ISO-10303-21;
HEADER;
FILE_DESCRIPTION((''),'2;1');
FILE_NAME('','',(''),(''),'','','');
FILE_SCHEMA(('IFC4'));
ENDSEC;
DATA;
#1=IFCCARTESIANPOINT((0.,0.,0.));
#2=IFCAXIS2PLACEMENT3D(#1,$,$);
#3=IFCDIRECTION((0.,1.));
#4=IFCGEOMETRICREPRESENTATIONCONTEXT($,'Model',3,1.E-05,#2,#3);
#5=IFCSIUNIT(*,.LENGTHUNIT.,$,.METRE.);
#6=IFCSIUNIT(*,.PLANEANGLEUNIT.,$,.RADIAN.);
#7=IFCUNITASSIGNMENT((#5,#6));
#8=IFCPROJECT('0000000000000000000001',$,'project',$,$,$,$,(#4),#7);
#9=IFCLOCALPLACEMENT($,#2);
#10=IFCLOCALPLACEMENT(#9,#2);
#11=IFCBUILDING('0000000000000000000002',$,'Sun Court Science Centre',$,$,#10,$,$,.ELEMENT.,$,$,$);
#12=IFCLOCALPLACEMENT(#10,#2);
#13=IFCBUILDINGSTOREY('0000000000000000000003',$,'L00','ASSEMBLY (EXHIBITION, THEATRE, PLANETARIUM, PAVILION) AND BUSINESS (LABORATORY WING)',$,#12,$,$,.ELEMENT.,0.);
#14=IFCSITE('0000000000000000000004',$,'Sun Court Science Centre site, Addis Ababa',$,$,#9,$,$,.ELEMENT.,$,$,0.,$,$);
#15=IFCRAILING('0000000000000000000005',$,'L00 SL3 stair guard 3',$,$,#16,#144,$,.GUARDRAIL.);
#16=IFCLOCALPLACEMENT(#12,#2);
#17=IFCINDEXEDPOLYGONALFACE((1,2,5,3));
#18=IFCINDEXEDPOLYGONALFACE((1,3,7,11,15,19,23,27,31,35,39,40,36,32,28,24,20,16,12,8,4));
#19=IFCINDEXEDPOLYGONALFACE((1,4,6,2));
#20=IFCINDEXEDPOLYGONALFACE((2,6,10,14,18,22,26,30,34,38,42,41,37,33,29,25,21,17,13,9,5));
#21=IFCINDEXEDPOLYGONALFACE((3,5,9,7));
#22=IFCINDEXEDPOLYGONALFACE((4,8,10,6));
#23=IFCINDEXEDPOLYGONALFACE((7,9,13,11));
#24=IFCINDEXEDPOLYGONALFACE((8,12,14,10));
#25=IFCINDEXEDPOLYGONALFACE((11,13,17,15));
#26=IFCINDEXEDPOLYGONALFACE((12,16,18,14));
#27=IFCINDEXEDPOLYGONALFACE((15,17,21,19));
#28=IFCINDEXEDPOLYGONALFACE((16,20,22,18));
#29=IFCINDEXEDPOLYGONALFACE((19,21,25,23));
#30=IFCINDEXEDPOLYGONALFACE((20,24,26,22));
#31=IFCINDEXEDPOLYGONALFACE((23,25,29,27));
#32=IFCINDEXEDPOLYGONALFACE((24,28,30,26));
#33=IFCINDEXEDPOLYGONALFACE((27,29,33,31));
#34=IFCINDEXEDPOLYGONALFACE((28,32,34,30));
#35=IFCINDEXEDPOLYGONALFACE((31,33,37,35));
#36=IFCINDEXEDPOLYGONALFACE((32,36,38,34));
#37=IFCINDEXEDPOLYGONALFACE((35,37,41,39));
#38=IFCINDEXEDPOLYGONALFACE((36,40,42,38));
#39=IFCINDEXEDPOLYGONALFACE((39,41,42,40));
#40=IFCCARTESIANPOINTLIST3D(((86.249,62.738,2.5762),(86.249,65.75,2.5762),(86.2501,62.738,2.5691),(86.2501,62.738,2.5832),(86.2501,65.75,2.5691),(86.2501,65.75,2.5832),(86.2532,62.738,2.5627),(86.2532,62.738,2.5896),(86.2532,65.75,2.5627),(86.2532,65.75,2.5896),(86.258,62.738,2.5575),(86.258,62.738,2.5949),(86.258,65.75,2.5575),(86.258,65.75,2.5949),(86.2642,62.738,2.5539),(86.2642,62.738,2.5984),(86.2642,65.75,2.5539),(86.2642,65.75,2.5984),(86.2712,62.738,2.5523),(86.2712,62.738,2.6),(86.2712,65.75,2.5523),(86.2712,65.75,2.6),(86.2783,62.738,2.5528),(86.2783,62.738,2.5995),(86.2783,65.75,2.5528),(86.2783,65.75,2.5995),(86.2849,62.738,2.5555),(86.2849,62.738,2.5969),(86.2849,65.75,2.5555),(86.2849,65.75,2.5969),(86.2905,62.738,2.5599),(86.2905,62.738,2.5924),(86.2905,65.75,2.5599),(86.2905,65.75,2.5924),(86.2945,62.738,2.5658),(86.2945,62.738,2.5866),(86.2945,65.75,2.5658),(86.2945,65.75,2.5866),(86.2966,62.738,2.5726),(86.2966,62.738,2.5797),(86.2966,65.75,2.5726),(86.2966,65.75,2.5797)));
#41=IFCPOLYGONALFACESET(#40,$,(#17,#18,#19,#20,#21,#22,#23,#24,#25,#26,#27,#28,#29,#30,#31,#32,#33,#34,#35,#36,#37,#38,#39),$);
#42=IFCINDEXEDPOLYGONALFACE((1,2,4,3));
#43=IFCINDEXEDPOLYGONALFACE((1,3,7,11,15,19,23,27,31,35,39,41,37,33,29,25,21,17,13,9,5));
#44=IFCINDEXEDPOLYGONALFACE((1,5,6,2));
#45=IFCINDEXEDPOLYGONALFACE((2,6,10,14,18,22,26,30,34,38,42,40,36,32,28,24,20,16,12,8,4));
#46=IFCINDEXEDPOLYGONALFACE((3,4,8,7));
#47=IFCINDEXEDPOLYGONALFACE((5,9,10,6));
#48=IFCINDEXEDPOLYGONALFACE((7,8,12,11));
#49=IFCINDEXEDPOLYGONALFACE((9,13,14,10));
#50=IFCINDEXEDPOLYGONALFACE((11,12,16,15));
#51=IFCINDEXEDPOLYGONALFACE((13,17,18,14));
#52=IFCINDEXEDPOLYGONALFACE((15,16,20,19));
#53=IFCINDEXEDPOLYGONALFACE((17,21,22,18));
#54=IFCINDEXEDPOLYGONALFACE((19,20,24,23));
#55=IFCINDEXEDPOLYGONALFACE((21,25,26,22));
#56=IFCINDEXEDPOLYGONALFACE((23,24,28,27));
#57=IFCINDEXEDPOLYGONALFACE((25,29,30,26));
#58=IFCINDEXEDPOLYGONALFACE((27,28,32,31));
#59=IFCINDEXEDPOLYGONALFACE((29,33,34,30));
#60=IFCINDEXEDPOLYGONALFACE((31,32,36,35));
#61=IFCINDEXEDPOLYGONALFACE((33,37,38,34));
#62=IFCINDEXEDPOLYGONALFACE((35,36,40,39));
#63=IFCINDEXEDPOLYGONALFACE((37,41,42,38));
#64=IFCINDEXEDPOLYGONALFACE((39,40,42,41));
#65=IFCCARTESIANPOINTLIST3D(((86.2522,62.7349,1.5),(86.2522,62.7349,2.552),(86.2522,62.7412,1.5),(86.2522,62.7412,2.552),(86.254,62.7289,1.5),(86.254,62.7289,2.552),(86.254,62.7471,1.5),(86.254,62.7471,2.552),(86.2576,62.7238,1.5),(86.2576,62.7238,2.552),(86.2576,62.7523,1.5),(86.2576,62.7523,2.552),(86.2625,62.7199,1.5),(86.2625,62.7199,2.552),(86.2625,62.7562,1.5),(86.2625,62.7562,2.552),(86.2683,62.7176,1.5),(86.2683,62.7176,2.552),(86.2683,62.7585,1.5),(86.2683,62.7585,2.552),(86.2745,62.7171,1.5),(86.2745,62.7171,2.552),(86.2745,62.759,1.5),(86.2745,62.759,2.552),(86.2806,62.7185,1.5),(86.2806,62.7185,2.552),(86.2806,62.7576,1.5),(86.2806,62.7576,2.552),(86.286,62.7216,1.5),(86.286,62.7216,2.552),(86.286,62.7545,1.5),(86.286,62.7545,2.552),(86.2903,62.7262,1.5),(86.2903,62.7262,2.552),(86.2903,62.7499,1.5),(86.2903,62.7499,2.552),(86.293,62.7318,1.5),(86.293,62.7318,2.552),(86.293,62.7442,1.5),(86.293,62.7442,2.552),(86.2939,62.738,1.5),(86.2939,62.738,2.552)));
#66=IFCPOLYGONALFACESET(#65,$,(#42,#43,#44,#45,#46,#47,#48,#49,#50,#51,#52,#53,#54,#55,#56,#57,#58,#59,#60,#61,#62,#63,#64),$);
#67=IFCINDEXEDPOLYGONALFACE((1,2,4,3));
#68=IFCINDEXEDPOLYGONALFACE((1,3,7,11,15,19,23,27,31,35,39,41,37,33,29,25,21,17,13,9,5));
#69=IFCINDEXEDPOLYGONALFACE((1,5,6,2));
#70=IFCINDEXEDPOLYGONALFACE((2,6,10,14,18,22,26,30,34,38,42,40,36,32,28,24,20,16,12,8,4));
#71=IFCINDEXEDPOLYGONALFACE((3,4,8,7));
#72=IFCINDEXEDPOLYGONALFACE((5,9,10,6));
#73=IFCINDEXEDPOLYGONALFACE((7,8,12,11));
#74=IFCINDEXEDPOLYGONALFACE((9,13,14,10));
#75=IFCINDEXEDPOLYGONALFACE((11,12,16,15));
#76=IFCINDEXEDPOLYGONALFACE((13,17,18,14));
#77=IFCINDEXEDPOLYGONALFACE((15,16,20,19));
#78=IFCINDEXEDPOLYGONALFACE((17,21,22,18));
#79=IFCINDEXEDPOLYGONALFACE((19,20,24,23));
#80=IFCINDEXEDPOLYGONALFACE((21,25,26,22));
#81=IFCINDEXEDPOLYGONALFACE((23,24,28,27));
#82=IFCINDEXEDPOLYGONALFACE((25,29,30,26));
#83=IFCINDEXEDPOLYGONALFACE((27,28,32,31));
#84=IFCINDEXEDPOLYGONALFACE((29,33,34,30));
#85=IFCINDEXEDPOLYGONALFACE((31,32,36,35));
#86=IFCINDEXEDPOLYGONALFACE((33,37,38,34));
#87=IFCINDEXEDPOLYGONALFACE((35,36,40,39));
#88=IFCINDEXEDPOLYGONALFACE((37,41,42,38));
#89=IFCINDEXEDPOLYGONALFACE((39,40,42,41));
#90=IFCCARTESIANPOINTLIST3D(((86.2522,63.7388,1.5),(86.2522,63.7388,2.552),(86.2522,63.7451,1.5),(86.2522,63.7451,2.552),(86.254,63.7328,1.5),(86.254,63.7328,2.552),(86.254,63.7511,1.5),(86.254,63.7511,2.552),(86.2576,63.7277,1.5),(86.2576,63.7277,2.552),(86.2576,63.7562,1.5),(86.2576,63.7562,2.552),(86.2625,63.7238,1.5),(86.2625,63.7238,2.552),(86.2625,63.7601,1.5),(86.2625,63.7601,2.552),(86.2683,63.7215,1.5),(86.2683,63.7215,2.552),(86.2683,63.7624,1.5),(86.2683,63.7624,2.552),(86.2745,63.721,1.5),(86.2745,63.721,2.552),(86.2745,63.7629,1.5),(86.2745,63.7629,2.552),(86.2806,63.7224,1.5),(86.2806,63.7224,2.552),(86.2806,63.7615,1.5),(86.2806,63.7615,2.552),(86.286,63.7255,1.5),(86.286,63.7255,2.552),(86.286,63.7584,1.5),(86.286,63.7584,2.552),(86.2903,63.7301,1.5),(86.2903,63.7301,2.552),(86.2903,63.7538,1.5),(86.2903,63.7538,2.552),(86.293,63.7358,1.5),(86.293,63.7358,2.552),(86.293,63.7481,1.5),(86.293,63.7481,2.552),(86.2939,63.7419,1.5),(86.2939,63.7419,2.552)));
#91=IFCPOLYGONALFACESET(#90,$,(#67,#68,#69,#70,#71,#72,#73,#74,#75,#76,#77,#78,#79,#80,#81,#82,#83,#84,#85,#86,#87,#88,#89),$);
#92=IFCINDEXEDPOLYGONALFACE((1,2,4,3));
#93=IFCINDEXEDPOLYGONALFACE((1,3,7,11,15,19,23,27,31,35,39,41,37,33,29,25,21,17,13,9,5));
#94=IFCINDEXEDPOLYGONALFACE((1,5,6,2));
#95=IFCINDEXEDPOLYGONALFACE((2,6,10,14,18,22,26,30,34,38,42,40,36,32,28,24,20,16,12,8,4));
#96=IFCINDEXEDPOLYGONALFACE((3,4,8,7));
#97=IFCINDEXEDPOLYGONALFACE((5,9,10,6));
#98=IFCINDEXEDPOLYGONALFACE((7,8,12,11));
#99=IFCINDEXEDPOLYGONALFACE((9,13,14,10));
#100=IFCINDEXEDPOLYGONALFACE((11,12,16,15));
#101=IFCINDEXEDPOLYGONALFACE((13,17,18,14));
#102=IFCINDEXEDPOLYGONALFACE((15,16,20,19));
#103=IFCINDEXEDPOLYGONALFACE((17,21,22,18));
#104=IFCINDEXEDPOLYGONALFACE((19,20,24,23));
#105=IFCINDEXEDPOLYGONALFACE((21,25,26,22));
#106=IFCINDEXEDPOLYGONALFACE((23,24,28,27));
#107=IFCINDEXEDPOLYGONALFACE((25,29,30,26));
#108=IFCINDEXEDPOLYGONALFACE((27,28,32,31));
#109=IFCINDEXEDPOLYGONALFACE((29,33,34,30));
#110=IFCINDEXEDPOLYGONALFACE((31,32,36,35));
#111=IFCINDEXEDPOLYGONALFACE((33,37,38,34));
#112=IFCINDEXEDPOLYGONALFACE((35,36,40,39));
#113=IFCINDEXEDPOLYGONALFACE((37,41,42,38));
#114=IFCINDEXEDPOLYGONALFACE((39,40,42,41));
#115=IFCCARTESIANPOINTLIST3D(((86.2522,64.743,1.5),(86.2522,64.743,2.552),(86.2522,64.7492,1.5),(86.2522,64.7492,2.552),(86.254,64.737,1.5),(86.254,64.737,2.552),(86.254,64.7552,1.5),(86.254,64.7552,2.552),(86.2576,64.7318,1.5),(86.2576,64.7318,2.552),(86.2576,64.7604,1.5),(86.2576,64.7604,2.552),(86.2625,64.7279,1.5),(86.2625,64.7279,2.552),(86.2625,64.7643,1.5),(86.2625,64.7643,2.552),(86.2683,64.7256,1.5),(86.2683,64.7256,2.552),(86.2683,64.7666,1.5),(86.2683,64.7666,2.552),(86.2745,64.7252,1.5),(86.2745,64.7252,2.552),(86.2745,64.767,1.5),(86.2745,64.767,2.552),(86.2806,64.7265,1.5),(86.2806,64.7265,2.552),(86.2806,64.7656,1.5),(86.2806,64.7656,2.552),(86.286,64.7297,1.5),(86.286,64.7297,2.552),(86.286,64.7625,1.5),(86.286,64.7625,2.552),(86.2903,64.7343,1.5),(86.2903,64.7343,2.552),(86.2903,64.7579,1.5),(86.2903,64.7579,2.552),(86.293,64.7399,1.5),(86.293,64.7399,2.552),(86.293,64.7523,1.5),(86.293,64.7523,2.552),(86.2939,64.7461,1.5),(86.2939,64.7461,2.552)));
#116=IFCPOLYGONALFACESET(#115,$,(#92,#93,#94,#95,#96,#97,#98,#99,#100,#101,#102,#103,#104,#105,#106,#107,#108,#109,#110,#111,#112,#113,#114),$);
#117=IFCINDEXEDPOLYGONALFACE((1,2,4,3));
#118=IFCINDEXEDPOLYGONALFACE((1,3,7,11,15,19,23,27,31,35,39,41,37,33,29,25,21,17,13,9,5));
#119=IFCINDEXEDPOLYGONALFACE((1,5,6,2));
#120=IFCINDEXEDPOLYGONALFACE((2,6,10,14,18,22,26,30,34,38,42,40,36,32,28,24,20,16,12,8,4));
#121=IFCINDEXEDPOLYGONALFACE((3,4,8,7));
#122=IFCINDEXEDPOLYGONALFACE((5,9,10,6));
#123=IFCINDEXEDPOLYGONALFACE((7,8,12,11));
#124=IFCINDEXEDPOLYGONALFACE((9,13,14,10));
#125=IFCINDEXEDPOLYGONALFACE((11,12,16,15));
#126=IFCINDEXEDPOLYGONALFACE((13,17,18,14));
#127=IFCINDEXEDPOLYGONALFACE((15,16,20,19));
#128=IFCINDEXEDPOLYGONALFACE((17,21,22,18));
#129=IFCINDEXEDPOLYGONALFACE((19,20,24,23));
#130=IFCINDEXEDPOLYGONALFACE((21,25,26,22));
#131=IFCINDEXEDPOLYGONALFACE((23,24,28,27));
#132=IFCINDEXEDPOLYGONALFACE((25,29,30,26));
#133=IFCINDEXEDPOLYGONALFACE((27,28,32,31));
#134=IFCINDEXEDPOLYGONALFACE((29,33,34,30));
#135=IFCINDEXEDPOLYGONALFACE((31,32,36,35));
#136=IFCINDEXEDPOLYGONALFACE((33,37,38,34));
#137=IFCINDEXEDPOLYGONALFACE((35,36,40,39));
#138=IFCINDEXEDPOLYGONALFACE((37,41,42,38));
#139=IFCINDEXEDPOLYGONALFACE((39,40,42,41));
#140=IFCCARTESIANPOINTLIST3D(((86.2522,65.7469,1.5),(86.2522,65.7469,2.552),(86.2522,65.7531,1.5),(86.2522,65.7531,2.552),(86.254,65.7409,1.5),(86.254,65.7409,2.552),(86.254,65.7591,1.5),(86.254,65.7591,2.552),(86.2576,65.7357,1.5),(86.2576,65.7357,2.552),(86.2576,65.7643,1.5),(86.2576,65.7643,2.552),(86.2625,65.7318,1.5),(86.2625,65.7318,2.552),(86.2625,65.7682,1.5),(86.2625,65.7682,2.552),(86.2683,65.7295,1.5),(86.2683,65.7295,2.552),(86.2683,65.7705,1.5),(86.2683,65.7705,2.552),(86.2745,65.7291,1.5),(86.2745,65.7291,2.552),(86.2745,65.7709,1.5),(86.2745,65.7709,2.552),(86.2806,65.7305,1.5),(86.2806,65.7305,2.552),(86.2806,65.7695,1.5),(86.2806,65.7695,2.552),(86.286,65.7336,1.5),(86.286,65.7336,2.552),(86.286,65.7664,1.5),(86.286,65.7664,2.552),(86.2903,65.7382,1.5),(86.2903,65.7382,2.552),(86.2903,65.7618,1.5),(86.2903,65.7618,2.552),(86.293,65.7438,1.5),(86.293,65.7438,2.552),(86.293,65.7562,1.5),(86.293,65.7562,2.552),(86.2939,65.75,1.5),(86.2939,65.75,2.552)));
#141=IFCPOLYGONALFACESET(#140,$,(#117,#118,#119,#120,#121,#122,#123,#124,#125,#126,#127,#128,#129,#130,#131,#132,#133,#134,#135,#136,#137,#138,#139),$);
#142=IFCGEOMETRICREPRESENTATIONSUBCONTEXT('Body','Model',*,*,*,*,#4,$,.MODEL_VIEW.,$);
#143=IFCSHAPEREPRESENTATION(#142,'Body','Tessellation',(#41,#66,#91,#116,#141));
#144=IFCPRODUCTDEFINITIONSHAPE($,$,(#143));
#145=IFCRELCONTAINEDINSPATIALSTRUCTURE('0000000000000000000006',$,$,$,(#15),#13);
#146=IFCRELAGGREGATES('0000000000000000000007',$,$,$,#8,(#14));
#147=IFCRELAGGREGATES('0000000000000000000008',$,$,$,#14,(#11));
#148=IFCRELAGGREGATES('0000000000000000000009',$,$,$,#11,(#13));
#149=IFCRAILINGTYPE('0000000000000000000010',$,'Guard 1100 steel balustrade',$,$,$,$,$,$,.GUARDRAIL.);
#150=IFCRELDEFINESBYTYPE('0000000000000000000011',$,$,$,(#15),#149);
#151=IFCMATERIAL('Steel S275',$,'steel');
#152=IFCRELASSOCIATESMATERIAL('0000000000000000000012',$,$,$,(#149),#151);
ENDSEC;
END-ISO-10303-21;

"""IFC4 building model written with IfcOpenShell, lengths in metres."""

from ifc_helpers import new_model, si_unit, direction, frame, origin, origin_2d, place, context, subcontext, project, spatial, circle, extrude, material, type_object, element, save


model = new_model("IFC4")

# Units and contexts
model_context = context("Model", 3, precision=1e-05, world=origin(), true_north=direction((0.0, 1.0)))
body_context = subcontext(model_context, "Body", "Model", "MODEL_VIEW")
ifc_project = project(units=[si_unit("LENGTHUNIT", "METRE"), si_unit("PLANEANGLEUNIT", "RADIAN")], contexts=[model_context])

# Site, building, storey
site_placement = place(None, origin())
site = spatial("IfcSite", under=ifc_project, at=site_placement, Name="Sun Court Science Centre site, Addis Ababa", CompositionType="ELEMENT", RefElevation=0.0)
building_placement = place(site_placement, origin())
building = spatial("IfcBuilding", under=site, at=building_placement, Name="Sun Court Science Centre", CompositionType="ELEMENT")
storey_placement = place(building_placement, origin())
storey = spatial("IfcBuildingStorey", under=building, at=storey_placement, Name="L00", Description="ASSEMBLY (EXHIBITION, THEATRE, PLANETARIUM, PAVILION) AND BUSINESS (LABORATORY WING)", CompositionType="ELEMENT", Elevation=0.0)

# Railing
ifc_material_1 = material(Name="Steel S275", Category="steel")
railing_type_1 = type_object("IfcRailingType", Name="Guard 1100 steel balustrade", PredefinedType="GUARDRAIL", material=ifc_material_1)
railing_1_placement = place(storey_placement, frame((86.2729, 62.738, 1.5)))
element("IfcRailing", 1, at=railing_1_placement, inside=storey, type_object=railing_type_1, Name="L00 SL3 stair guard 3", PredefinedType="GUARDRAIL", context=body_context, shape_type="SweptSolid", body=[
    extrude(circle(Radius=0.0239, at=origin_2d()), frame((0.0, 0.0, 1.0762), z_axis=(0.0, 1.0, 0.0), x_axis=(-1.0, 0.0, 0.0)), (0.0, 0.0, 1.0), 3.012),
    extrude(circle(Radius=0.021, at=origin_2d()), origin(), (0.0, 0.0, 1.0), 1.052),
    extrude(circle(Radius=0.021, at=origin_2d()), frame((0.0, 1.0039, 0.0)), (0.0, 0.0, 1.0), 1.052),
    extrude(circle(Radius=0.021, at=origin_2d()), frame((0.0, 2.0081, 0.0)), (0.0, 0.0, 1.0), 1.052),
    extrude(circle(Radius=0.021, at=origin_2d()), frame((0.0, 3.012, 0.0)), (0.0, 0.0, 1.0), 1.052),
])

save(model, "model.ifc")
